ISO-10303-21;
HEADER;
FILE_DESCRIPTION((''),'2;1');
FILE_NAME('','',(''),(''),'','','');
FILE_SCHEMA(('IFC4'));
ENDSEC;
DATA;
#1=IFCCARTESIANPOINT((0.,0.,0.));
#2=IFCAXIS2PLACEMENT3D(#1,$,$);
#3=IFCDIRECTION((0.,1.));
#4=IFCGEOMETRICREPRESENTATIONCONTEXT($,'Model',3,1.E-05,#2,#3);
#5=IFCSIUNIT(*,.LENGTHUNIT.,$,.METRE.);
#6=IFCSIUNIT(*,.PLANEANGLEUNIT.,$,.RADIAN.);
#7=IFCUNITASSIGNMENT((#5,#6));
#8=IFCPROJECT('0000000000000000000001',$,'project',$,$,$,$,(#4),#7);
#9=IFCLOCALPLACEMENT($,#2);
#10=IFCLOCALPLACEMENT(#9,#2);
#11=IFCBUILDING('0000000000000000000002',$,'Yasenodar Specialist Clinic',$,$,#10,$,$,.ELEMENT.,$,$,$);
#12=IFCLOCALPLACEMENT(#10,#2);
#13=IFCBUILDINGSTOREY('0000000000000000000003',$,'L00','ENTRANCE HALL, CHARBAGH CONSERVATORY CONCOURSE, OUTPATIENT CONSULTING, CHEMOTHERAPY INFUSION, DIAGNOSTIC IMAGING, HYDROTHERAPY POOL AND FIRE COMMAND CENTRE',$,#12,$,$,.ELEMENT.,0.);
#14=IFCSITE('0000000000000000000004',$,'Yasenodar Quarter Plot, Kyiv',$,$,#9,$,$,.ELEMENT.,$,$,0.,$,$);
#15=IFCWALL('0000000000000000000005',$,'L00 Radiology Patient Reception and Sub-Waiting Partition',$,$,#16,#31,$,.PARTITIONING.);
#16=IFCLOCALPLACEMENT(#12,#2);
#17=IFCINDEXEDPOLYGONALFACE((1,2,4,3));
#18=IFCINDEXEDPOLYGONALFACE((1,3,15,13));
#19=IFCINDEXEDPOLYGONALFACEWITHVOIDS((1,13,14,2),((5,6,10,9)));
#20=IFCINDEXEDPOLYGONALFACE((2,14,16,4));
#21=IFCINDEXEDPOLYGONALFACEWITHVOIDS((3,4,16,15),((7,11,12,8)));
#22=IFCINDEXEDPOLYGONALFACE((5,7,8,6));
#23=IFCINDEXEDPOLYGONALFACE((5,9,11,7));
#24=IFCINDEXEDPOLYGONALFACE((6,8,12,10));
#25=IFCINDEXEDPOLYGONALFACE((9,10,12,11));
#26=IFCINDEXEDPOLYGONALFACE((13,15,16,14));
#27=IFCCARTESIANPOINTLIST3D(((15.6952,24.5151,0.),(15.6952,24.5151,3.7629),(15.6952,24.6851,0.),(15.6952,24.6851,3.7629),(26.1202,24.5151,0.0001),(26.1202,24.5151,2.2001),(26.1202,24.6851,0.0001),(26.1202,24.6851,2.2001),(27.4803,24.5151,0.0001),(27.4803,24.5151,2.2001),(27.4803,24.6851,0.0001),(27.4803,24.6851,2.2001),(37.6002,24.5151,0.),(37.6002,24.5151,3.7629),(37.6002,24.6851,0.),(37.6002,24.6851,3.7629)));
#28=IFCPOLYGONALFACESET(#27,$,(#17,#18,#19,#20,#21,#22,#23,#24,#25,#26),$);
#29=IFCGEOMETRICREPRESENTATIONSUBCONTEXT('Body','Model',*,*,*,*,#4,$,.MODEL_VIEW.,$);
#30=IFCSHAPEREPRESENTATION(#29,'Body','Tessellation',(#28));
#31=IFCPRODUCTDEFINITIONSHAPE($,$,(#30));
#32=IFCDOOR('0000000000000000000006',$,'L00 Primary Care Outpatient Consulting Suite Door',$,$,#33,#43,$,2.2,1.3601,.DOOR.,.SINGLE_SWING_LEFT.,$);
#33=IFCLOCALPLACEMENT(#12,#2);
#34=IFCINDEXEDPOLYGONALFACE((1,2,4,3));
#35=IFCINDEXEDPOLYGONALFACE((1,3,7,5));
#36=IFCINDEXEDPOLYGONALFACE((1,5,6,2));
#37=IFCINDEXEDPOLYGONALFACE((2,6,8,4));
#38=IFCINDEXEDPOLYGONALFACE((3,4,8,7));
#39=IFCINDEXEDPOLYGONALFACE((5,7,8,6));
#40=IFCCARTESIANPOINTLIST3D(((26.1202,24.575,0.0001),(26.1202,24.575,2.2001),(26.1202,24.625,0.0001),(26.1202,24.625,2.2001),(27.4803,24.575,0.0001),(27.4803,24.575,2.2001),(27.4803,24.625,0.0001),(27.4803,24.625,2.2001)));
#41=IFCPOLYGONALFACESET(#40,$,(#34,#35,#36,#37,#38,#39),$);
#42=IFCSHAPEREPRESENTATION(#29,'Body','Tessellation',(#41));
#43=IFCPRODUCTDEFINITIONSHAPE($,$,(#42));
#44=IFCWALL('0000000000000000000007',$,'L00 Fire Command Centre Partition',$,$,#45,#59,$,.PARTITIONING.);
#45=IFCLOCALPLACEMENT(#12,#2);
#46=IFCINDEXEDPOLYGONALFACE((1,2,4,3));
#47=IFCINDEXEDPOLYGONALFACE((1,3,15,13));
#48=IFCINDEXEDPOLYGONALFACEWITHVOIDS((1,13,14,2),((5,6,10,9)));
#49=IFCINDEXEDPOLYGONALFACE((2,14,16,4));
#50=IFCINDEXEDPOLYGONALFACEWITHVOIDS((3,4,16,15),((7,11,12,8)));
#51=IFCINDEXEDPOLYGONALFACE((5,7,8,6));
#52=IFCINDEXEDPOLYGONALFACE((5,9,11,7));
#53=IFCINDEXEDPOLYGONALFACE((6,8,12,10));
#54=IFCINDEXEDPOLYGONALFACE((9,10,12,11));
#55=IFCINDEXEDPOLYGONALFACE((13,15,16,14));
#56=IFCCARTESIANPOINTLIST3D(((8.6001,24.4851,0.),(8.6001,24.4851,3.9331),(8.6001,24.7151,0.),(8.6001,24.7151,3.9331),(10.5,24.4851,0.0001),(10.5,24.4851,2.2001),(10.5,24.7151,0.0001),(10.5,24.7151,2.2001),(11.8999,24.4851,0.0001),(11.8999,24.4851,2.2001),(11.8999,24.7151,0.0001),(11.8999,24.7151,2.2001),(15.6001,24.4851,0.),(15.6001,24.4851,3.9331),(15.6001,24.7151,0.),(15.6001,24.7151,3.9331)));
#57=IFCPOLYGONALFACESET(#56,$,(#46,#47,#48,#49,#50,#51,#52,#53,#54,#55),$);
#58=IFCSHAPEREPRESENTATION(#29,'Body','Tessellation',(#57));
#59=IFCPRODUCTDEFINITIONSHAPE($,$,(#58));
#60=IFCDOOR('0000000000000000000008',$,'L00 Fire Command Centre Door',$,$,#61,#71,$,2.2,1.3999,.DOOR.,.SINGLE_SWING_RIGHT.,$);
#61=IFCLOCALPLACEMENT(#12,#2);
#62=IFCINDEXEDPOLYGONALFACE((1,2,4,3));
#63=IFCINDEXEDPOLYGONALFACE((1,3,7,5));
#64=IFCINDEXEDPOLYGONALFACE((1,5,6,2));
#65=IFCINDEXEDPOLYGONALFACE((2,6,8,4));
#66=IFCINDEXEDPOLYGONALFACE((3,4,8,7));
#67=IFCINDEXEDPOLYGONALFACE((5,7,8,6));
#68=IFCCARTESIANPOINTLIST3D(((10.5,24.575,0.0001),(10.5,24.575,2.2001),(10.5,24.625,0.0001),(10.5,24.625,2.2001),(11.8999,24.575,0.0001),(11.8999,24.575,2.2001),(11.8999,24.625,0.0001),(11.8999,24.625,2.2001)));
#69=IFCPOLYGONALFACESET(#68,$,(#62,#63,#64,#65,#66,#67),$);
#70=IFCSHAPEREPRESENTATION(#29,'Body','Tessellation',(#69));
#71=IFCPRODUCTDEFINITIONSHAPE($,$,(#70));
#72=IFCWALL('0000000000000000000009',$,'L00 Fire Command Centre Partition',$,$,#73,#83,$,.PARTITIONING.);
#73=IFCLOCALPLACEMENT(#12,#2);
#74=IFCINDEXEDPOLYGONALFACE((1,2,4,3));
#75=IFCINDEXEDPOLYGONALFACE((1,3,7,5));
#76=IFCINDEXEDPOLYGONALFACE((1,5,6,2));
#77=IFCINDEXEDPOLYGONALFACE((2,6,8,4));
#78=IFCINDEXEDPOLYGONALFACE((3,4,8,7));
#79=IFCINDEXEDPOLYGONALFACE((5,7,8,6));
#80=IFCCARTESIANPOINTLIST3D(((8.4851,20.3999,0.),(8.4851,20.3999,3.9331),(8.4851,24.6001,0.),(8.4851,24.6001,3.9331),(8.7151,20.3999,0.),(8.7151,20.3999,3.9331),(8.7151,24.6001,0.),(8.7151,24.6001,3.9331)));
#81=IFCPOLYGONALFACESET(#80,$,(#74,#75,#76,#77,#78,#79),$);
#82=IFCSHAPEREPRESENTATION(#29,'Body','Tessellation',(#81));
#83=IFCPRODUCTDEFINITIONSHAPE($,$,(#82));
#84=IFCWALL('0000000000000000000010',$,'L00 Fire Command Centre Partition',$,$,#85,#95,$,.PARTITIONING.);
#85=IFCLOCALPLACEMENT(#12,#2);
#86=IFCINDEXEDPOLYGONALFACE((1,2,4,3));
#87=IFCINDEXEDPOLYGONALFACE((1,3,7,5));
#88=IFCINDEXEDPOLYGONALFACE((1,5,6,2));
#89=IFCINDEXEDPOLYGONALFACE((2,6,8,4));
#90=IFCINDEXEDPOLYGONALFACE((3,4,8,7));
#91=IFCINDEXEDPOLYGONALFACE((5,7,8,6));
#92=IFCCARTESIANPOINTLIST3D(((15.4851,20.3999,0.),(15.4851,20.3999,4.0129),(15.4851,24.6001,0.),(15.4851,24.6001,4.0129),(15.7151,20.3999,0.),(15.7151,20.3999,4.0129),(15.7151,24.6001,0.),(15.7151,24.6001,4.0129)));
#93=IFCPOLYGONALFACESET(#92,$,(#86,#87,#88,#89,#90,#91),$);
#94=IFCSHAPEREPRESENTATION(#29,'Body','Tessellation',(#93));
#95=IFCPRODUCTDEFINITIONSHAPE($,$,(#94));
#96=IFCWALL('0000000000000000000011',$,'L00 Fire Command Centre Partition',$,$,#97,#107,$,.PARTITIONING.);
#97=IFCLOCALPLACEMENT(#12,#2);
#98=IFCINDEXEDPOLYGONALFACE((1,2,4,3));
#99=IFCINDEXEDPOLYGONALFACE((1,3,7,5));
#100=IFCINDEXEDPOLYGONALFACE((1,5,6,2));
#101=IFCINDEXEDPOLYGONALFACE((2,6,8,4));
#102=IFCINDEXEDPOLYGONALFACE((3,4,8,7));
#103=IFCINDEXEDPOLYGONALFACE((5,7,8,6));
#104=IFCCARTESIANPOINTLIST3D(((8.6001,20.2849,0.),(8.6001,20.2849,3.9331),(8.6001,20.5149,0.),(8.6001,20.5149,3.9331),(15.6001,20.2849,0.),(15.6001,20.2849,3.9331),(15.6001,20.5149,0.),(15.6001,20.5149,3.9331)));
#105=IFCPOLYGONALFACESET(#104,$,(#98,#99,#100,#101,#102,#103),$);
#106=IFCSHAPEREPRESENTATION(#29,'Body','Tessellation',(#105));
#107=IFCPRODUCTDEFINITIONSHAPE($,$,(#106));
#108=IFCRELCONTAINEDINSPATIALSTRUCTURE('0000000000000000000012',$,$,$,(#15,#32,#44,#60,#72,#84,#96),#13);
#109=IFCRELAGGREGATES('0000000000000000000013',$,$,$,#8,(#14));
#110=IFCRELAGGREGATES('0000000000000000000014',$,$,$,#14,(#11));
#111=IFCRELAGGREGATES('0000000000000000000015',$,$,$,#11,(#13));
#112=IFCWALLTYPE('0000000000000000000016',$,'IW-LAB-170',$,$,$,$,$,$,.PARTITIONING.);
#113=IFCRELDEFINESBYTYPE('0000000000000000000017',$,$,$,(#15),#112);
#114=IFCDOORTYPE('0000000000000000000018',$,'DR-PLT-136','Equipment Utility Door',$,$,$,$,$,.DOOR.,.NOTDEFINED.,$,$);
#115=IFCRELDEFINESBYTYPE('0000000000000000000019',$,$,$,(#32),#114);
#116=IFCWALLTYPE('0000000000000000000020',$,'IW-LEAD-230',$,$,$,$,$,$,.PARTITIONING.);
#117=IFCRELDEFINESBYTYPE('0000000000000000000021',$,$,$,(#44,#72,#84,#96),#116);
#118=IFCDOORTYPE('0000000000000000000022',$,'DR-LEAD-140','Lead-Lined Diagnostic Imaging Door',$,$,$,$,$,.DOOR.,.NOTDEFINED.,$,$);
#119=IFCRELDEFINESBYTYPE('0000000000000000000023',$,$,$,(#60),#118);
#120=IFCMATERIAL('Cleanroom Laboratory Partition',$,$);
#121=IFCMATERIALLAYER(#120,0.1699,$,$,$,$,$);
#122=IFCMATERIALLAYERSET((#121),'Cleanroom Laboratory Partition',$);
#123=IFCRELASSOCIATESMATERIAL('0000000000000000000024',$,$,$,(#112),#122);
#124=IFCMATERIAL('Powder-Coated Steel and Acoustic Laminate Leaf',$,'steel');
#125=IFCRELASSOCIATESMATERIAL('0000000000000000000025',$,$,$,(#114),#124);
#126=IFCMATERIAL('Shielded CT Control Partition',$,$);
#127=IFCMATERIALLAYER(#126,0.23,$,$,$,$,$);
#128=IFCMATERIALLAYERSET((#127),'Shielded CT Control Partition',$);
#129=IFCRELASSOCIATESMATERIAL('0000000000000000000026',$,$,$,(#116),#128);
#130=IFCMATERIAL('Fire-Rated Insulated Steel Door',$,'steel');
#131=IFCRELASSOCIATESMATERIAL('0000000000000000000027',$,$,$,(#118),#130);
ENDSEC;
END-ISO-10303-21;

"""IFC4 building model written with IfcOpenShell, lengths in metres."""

from ifc_helpers import new_model, si_unit, direction, frame, frame_2d, origin, place, context, subcontext, project, spatial, rectangle, extrude, material, layer, layer_set, type_object, element, fill, save


model = new_model("IFC4")

# Units and contexts
model_context = context("Model", 3, precision=1e-05, world=origin(), true_north=direction((0.0, 1.0)))
body_context = subcontext(model_context, "Body", "Model", "MODEL_VIEW")
ifc_project = project(units=[si_unit("LENGTHUNIT", "METRE"), si_unit("PLANEANGLEUNIT", "RADIAN")], contexts=[model_context])

# Site, building, storey
site_placement = place(None, origin())
site = spatial("IfcSite", under=ifc_project, at=site_placement, Name="Yasenodar Quarter Plot, Kyiv", CompositionType="ELEMENT", RefElevation=0.0)
building_placement = place(site_placement, origin())
building = spatial("IfcBuilding", under=site, at=building_placement, Name="Yasenodar Specialist Clinic", CompositionType="ELEMENT")
storey_placement = place(building_placement, origin())
storey = spatial("IfcBuildingStorey", under=building, at=storey_placement, Name="L00", Description="ENTRANCE HALL, CHARBAGH CONSERVATORY CONCOURSE, OUTPATIENT CONSULTING, CHEMOTHERAPY INFUSION, DIAGNOSTIC IMAGING, HYDROTHERAPY POOL AND FIRE COMMAND CENTRE", CompositionType="ELEMENT", Elevation=0.0)

# Walls, openings, doors
ifc_material_1 = material(Name="Cleanroom Laboratory Partition")
ifc_layer_1 = layer(ifc_material_1, 0.1699)
ifc_layer_set_1 = layer_set([ifc_layer_1], Name="Cleanroom Laboratory Partition")
wall_type_1 = type_object("IfcWallType", Name="IW-LAB-170", PredefinedType="PARTITIONING", material=ifc_layer_set_1)
wall_1_placement = place(storey_placement, frame((15.6951, 24.6001, 0.0), z_axis=(0.0, 0.0, 1.0), x_axis=(1.0, 0.0, 0.0)))
wall_1 = element("IfcWall", 1, at=wall_1_placement, inside=storey, type_object=wall_type_1, Name="L00 Radiology Patient Reception and Sub-Waiting Partition", PredefinedType="PARTITIONING", context=body_context, shape_type="SweptSolid", body=[
    extrude(rectangle(XDim=21.905, YDim=0.1699, at=frame_2d((10.9526, 0.0))), origin(), (0.0, 0.0, 1.0), 3.7629),
])
opening_1_placement = place(wall_1_placement, frame((10.425, 0.0, 0.0)))
opening_1 = element("IfcOpeningElement", 2, at=opening_1_placement, cuts=wall_1, PredefinedType="OPENING", context=body_context, shape_type="SweptSolid", body=[
    extrude(rectangle(XDim=1.3601, YDim=2.2, at=frame_2d((0.6802, 1.1001))), frame((0.0, 0.095, 0.0), z_axis=(0.0, -1.0, 0.0), x_axis=(1.0, 0.0, 0.0)), (0.0, 0.0, 1.0), 0.1899),
])
ifc_material_2 = material(Name="Powder-Coated Steel and Acoustic Laminate Leaf", Category="steel")
door_type_1 = type_object("IfcDoorType", Name="DR-PLT-136", Description="Equipment Utility Door", OperationType="NOTDEFINED", PredefinedType="DOOR", material=ifc_material_2)
door_1_placement = place(opening_1_placement, origin())
door_1 = element("IfcDoor", 3, at=door_1_placement, inside=storey, type_object=door_type_1, Name="L00 Primary Care Outpatient Consulting Suite Door", OperationType="SINGLE_SWING_LEFT", OverallHeight=2.2, OverallWidth=1.3601, PredefinedType="DOOR", context=body_context, shape_type="SweptSolid", body=[
    extrude(rectangle(XDim=1.3601, YDim=2.2, at=frame_2d((0.6802, 1.1001))), frame((0.0, 0.0249, 0.0), z_axis=(0.0, -1.0, 0.0), x_axis=(1.0, 0.0, 0.0)), (0.0, 0.0, 1.0), 0.05),
])
fill(opening_1, door_1)
ifc_material_3 = material(Name="Shielded CT Control Partition")
ifc_layer_2 = layer(ifc_material_3, 0.23)
ifc_layer_set_2 = layer_set([ifc_layer_2], Name="Shielded CT Control Partition")
wall_type_2 = type_object("IfcWallType", Name="IW-LEAD-230", PredefinedType="PARTITIONING", material=ifc_layer_set_2)
wall_2_placement = place(storey_placement, frame((8.6001, 24.6001, 0.0), z_axis=(0.0, 0.0, 1.0), x_axis=(1.0, 0.0, 0.0)))
wall_2 = element("IfcWall", 4, at=wall_2_placement, inside=storey, type_object=wall_type_2, Name="L00 Fire Command Centre Partition", PredefinedType="PARTITIONING", context=body_context, shape_type="SweptSolid", body=[
    extrude(rectangle(XDim=7.0, YDim=0.23, at=frame_2d((3.5, 0.0))), origin(), (0.0, 0.0, 1.0), 3.9331),
])
opening_2_placement = place(wall_2_placement, frame((1.8999, 0.0, 0.0)))
opening_2 = element("IfcOpeningElement", 5, at=opening_2_placement, cuts=wall_2, PredefinedType="OPENING", context=body_context, shape_type="SweptSolid", body=[
    extrude(rectangle(XDim=1.3999, YDim=2.2, at=frame_2d((0.7, 1.1001))), frame((0.0, 0.125, 0.0), z_axis=(0.0, -1.0, 0.0), x_axis=(1.0, 0.0, 0.0)), (0.0, 0.0, 1.0), 0.25),
])
ifc_material_4 = material(Name="Fire-Rated Insulated Steel Door", Category="steel")
door_type_2 = type_object("IfcDoorType", Name="DR-LEAD-140", Description="Lead-Lined Diagnostic Imaging Door", OperationType="NOTDEFINED", PredefinedType="DOOR", material=ifc_material_4)
door_2_placement = place(opening_2_placement, origin())
door_2 = element("IfcDoor", 6, at=door_2_placement, inside=storey, type_object=door_type_2, Name="L00 Fire Command Centre Door", OperationType="SINGLE_SWING_RIGHT", OverallHeight=2.2, OverallWidth=1.3999, PredefinedType="DOOR", context=body_context, shape_type="SweptSolid", body=[
    extrude(rectangle(XDim=1.3999, YDim=2.2, at=frame_2d((0.7, 1.1001))), frame((0.0, 0.0249, 0.0), z_axis=(0.0, -1.0, 0.0), x_axis=(1.0, 0.0, 0.0)), (0.0, 0.0, 1.0), 0.05),
])
fill(opening_2, door_2)

# Walls
wall_3_placement = place(storey_placement, frame((8.6001, 20.3999, 0.0), z_axis=(0.0, 0.0, 1.0), x_axis=(0.0, 1.0, 0.0)))
element("IfcWall", 7, at=wall_3_placement, inside=storey, type_object=wall_type_2, Name="L00 Fire Command Centre Partition", PredefinedType="PARTITIONING", context=body_context, shape_type="SweptSolid", body=[
    extrude(rectangle(XDim=4.2002, YDim=0.23, at=frame_2d((2.1001, 0.0))), origin(), (0.0, 0.0, 1.0), 3.9331),
])
wall_4_placement = place(storey_placement, frame((15.6001, 24.6001, 0.0), z_axis=(0.0, 0.0, 1.0), x_axis=(0.0, -1.0, 0.0)))
element("IfcWall", 8, at=wall_4_placement, inside=storey, type_object=wall_type_2, Name="L00 Fire Command Centre Partition", PredefinedType="PARTITIONING", context=body_context, shape_type="SweptSolid", body=[
    extrude(rectangle(XDim=4.2002, YDim=0.23, at=frame_2d((2.1001, 0.0))), origin(), (0.0, 0.0, 1.0), 4.0129),
])
wall_5_placement = place(storey_placement, frame((15.6001, 20.3999, 0.0), z_axis=(0.0, 0.0, 1.0), x_axis=(-1.0, 0.0, 0.0)))
element("IfcWall", 9, at=wall_5_placement, inside=storey, type_object=wall_type_2, Name="L00 Fire Command Centre Partition", PredefinedType="PARTITIONING", context=body_context, shape_type="SweptSolid", body=[
    extrude(rectangle(XDim=7.0, YDim=0.23, at=frame_2d((3.5, 0.0))), origin(), (0.0, 0.0, 1.0), 3.9331),
])

save(model, "model.ifc")
